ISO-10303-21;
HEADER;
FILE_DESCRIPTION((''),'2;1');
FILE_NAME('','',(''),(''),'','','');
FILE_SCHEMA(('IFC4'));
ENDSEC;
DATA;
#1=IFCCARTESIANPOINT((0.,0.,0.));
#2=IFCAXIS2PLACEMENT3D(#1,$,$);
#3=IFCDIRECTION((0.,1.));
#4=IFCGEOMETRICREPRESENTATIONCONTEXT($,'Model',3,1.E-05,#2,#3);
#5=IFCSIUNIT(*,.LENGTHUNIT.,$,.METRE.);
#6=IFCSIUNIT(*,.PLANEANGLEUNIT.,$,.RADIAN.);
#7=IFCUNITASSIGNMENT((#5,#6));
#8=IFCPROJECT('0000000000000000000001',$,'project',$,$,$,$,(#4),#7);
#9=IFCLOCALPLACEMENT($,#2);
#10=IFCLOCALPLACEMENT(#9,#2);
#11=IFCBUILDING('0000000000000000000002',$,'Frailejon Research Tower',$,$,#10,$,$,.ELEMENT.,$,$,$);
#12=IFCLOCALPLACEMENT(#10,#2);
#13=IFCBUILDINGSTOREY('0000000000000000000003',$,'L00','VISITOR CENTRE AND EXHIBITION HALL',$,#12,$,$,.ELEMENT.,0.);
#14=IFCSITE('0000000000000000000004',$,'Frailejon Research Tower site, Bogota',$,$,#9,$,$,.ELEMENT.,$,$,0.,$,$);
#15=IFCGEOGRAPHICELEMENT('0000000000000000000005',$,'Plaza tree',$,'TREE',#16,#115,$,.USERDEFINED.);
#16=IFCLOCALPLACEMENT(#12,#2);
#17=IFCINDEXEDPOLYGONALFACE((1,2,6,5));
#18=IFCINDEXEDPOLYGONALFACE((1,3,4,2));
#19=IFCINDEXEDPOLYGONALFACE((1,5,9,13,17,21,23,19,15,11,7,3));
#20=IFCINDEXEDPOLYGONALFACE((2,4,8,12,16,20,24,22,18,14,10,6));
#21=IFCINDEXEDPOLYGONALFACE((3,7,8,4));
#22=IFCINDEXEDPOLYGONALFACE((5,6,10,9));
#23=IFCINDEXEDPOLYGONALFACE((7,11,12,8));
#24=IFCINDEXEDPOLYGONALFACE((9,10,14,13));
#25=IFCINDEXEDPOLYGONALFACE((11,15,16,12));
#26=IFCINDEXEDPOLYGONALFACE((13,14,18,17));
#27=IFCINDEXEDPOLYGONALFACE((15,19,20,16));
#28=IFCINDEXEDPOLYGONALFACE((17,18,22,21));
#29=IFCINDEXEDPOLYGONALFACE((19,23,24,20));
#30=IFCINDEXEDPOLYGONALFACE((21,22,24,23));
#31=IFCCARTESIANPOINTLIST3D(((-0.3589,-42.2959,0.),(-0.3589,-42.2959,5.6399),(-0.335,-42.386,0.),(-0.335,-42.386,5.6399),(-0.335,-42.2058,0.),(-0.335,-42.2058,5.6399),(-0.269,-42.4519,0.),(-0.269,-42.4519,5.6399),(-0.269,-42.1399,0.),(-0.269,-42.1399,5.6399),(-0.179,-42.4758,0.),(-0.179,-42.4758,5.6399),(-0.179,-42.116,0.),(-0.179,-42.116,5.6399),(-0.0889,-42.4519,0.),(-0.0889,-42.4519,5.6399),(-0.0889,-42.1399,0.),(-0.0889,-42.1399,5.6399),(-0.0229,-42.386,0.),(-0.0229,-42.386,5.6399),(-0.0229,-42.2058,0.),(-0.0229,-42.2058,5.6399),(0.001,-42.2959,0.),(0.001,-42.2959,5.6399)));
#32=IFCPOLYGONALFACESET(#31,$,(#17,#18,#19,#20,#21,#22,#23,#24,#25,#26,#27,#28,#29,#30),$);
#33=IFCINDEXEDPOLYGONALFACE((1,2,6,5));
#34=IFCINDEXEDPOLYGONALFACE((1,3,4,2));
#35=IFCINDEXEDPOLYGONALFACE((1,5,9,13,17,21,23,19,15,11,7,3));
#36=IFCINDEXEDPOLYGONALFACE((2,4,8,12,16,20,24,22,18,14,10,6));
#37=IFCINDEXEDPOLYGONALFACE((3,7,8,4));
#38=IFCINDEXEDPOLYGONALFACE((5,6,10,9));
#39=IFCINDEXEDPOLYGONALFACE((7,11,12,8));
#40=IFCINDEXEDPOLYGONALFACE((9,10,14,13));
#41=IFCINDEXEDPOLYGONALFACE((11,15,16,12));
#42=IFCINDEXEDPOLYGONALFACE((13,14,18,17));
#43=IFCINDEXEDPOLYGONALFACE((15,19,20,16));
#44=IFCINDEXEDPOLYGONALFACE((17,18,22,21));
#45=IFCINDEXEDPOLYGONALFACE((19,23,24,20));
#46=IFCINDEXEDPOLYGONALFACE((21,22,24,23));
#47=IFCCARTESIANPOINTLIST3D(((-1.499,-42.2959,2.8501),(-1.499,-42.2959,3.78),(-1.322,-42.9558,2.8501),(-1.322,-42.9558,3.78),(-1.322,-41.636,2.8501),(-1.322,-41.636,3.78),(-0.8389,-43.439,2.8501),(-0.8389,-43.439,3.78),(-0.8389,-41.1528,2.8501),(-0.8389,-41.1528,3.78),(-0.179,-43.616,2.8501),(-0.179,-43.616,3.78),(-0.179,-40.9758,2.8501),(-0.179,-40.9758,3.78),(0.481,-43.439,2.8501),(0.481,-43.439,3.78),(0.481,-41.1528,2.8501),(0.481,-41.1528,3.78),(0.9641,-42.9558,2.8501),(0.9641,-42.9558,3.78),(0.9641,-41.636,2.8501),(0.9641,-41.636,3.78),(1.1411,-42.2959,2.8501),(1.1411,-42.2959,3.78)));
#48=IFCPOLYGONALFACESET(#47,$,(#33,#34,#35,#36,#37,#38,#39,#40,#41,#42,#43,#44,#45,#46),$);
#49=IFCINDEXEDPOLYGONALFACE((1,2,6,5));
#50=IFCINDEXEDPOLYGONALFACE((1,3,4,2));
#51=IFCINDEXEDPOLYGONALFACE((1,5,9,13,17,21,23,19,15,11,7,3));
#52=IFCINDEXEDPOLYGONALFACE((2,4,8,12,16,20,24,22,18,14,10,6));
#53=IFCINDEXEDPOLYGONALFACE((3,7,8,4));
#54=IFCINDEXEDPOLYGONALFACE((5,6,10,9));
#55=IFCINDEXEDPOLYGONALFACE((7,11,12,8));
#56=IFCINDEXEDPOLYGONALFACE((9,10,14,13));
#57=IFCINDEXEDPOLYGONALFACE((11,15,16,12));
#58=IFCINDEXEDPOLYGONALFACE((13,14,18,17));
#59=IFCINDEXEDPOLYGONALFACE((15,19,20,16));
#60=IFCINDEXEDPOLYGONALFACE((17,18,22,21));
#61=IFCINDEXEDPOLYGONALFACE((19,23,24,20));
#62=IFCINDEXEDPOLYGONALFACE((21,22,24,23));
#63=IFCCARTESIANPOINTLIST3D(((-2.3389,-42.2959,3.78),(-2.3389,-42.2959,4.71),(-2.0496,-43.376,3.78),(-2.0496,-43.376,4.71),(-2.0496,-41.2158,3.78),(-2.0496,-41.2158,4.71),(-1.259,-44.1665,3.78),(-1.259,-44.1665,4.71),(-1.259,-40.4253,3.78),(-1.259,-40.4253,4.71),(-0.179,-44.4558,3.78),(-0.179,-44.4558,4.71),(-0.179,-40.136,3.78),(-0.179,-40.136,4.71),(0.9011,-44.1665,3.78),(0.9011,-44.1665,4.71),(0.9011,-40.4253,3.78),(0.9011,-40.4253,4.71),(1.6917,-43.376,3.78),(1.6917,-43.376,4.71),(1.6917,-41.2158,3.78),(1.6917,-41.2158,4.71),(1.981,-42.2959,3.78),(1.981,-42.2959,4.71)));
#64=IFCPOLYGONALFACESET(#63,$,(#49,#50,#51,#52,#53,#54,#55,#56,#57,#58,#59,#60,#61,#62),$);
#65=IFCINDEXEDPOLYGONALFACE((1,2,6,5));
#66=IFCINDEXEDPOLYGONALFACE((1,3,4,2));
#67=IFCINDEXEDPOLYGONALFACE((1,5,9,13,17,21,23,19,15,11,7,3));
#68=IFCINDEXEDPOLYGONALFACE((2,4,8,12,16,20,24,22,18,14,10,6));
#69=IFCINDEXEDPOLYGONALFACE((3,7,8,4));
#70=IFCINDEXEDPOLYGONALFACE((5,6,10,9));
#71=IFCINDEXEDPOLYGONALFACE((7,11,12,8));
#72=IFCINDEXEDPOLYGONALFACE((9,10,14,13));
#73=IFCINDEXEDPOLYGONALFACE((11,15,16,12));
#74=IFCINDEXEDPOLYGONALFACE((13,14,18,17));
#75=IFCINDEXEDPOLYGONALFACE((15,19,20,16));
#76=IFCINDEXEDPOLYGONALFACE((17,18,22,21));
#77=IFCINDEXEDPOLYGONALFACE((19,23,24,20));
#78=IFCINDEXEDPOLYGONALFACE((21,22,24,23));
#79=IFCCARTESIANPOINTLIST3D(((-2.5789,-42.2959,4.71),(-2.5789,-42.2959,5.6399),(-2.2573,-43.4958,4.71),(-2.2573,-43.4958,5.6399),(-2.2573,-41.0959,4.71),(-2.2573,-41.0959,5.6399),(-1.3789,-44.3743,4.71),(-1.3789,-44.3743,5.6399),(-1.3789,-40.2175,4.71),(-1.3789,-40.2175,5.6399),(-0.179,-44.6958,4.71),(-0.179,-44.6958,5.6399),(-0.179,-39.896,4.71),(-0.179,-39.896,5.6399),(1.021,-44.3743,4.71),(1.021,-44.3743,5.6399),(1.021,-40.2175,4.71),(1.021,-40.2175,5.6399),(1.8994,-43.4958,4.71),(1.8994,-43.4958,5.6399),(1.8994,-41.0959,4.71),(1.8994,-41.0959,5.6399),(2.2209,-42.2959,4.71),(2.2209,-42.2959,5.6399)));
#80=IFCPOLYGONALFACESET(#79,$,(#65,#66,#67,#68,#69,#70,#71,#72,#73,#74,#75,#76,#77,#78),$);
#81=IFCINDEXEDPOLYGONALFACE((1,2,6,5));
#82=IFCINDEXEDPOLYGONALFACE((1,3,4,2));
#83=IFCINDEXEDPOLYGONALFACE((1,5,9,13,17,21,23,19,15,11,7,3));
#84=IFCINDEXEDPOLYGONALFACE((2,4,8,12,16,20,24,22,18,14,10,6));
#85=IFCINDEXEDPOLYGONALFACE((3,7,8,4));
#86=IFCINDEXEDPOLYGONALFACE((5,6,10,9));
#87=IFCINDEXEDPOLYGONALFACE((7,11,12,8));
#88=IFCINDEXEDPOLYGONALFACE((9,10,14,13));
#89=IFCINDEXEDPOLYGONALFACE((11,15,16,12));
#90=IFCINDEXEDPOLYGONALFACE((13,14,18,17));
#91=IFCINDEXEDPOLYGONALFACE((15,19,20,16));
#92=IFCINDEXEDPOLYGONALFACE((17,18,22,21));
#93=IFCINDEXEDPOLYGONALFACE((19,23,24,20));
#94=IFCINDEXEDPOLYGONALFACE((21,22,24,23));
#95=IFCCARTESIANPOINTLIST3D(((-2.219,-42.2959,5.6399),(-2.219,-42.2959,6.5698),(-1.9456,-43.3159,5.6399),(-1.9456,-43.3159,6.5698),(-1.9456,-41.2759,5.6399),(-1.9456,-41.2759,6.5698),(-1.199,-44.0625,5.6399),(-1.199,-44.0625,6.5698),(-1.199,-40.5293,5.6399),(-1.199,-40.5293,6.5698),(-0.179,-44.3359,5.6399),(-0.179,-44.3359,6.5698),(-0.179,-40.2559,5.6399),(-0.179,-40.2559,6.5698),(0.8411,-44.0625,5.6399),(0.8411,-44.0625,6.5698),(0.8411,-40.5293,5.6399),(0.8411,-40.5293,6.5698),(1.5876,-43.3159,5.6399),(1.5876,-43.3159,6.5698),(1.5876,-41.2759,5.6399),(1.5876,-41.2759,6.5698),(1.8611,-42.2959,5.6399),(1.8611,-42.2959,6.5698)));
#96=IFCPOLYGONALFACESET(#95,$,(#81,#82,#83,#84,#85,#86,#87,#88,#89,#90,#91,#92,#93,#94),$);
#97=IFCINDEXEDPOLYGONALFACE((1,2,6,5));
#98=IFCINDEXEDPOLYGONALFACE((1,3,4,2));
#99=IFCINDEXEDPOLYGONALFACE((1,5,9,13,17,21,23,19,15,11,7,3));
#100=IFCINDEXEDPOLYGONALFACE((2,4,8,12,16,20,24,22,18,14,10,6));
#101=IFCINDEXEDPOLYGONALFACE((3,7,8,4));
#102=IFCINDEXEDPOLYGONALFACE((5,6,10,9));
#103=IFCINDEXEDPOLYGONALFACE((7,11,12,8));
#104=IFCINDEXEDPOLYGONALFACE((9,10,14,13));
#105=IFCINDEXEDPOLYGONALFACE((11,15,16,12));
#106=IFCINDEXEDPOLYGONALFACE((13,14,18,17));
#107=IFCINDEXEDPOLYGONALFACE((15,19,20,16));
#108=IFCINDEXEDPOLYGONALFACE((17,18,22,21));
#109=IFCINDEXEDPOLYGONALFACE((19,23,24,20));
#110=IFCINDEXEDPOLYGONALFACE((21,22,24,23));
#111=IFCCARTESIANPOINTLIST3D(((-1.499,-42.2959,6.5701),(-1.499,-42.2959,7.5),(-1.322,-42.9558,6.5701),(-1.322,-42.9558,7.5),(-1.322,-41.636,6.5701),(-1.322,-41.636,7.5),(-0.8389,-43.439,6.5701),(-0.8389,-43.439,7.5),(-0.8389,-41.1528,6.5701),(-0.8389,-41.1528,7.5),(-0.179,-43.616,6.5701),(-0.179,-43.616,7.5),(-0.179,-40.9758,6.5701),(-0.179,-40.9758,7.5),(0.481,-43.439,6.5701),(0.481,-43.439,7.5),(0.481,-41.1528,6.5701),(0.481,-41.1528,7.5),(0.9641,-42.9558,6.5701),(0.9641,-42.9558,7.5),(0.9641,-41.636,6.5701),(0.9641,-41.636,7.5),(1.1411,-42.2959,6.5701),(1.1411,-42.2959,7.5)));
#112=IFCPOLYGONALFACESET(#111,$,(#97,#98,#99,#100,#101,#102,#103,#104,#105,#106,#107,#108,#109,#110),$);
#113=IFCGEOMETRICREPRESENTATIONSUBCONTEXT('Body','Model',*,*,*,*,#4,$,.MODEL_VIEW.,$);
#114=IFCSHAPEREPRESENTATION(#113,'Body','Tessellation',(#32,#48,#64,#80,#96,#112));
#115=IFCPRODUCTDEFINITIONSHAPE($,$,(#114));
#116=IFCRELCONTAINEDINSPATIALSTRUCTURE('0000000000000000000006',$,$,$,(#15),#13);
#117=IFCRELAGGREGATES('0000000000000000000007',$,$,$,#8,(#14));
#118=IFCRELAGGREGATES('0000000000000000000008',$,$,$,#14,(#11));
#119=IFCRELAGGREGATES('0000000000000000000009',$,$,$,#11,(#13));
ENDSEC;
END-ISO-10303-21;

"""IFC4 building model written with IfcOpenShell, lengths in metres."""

from ifc_helpers import new_model, si_unit, direction, frame, origin, place, context, subcontext, project, spatial, polyline, outline, extrude, element, save


model = new_model("IFC4")

# Units and contexts
model_context = context("Model", 3, precision=1e-05, world=origin(), true_north=direction((0.0, 1.0)))
body_context = subcontext(model_context, "Body", "Model", "MODEL_VIEW")
ifc_project = project(units=[si_unit("LENGTHUNIT", "METRE"), si_unit("PLANEANGLEUNIT", "RADIAN")], contexts=[model_context])

# Site, building, storey
site_placement = place(None, origin())
site = spatial("IfcSite", under=ifc_project, at=site_placement, Name="Frailejon Research Tower site, Bogota", CompositionType="ELEMENT", RefElevation=0.0)
building_placement = place(site_placement, origin())
building = spatial("IfcBuilding", under=site, at=building_placement, Name="Frailejon Research Tower", CompositionType="ELEMENT")
storey_placement = place(building_placement, origin())
storey = spatial("IfcBuildingStorey", under=building, at=storey_placement, Name="L00", Description="VISITOR CENTRE AND EXHIBITION HALL", CompositionType="ELEMENT", Elevation=0.0)

# Geographic element
geographic_element_1_placement = place(storey_placement, frame((-0.179, -42.2959, 0.0)))
element("IfcGeographicElement", 1, at=geographic_element_1_placement, inside=storey, Name="Plaza tree", ObjectType="TREE", PredefinedType="USERDEFINED", context=body_context, shape_type="SweptSolid", body=[
    extrude(outline(polyline([(0.1799, 0.0), (0.156, 0.0901), (0.0901, 0.156), (0.0, 0.1799), (-0.0901, 0.156), (-0.156, 0.0901), (-0.1799, 0.0), (-0.156, -0.0901), (-0.0901, -0.156), (0.0, -0.1799), (0.0901, -0.156), (0.156, -0.0901), (0.1799, 0.0)])), origin(), (0.0, 0.0, 1.0), 5.6399),
    extrude(outline(polyline([(1.3201, 0.0), (1.1431, 0.6599), (0.6599, 1.1431), (0.0, 1.3201), (-0.6599, 1.1431), (-1.1431, 0.6599), (-1.3201, 0.0), (-1.1431, -0.6599), (-0.6599, -1.1431), (0.0, -1.3201), (0.6599, -1.1431), (1.1431, -0.6599), (1.3201, 0.0)])), frame((0.0, 0.0, 2.8501)), (0.0, 0.0, 1.0), 0.9299),
    extrude(outline(polyline([(2.1599, 0.0), (1.8706, 1.0801), (1.0801, 1.8706), (0.0, 2.1599), (-1.0801, 1.8706), (-1.8706, 1.0801), (-2.1599, 0.0), (-1.8706, -1.0801), (-1.0801, -1.8706), (0.0, -2.1599), (1.0801, -1.8706), (1.8706, -1.0801), (2.1599, 0.0)])), frame((0.0, 0.0, 3.78)), (0.0, 0.0, 1.0), 0.9299),
    extrude(outline(polyline([(2.3999, 0.0), (2.0784, 1.2), (1.2, 2.0784), (0.0, 2.3999), (-1.2, 2.0784), (-2.0784, 1.2), (-2.3999, 0.0), (-2.0784, -1.2), (-1.2, -2.0784), (0.0, -2.3999), (1.2, -2.0784), (2.0784, -1.2), (2.3999, 0.0)])), frame((0.0, 0.0, 4.71)), (0.0, 0.0, 1.0), 0.9299),
    extrude(outline(polyline([(2.04, 0.0), (1.7666, 1.02), (1.02, 1.7666), (0.0, 2.04), (-1.02, 1.7666), (-1.7666, 1.02), (-2.04, 0.0), (-1.7666, -1.02), (-1.02, -1.7666), (0.0, -2.04), (1.02, -1.7666), (1.7666, -1.02), (2.04, 0.0)])), frame((0.0, 0.0, 5.6399)), (0.0, 0.0, 1.0), 0.9299),
    extrude(outline(polyline([(1.3201, 0.0), (1.1431, 0.6599), (0.6599, 1.1431), (0.0, 1.3201), (-0.6599, 1.1431), (-1.1431, 0.6599), (-1.3201, 0.0), (-1.1431, -0.6599), (-0.6599, -1.1431), (0.0, -1.3201), (0.6599, -1.1431), (1.1431, -0.6599), (1.3201, 0.0)])), frame((0.0, 0.0, 6.5701)), (0.0, 0.0, 1.0), 0.9299),
])

save(model, "model.ifc")
